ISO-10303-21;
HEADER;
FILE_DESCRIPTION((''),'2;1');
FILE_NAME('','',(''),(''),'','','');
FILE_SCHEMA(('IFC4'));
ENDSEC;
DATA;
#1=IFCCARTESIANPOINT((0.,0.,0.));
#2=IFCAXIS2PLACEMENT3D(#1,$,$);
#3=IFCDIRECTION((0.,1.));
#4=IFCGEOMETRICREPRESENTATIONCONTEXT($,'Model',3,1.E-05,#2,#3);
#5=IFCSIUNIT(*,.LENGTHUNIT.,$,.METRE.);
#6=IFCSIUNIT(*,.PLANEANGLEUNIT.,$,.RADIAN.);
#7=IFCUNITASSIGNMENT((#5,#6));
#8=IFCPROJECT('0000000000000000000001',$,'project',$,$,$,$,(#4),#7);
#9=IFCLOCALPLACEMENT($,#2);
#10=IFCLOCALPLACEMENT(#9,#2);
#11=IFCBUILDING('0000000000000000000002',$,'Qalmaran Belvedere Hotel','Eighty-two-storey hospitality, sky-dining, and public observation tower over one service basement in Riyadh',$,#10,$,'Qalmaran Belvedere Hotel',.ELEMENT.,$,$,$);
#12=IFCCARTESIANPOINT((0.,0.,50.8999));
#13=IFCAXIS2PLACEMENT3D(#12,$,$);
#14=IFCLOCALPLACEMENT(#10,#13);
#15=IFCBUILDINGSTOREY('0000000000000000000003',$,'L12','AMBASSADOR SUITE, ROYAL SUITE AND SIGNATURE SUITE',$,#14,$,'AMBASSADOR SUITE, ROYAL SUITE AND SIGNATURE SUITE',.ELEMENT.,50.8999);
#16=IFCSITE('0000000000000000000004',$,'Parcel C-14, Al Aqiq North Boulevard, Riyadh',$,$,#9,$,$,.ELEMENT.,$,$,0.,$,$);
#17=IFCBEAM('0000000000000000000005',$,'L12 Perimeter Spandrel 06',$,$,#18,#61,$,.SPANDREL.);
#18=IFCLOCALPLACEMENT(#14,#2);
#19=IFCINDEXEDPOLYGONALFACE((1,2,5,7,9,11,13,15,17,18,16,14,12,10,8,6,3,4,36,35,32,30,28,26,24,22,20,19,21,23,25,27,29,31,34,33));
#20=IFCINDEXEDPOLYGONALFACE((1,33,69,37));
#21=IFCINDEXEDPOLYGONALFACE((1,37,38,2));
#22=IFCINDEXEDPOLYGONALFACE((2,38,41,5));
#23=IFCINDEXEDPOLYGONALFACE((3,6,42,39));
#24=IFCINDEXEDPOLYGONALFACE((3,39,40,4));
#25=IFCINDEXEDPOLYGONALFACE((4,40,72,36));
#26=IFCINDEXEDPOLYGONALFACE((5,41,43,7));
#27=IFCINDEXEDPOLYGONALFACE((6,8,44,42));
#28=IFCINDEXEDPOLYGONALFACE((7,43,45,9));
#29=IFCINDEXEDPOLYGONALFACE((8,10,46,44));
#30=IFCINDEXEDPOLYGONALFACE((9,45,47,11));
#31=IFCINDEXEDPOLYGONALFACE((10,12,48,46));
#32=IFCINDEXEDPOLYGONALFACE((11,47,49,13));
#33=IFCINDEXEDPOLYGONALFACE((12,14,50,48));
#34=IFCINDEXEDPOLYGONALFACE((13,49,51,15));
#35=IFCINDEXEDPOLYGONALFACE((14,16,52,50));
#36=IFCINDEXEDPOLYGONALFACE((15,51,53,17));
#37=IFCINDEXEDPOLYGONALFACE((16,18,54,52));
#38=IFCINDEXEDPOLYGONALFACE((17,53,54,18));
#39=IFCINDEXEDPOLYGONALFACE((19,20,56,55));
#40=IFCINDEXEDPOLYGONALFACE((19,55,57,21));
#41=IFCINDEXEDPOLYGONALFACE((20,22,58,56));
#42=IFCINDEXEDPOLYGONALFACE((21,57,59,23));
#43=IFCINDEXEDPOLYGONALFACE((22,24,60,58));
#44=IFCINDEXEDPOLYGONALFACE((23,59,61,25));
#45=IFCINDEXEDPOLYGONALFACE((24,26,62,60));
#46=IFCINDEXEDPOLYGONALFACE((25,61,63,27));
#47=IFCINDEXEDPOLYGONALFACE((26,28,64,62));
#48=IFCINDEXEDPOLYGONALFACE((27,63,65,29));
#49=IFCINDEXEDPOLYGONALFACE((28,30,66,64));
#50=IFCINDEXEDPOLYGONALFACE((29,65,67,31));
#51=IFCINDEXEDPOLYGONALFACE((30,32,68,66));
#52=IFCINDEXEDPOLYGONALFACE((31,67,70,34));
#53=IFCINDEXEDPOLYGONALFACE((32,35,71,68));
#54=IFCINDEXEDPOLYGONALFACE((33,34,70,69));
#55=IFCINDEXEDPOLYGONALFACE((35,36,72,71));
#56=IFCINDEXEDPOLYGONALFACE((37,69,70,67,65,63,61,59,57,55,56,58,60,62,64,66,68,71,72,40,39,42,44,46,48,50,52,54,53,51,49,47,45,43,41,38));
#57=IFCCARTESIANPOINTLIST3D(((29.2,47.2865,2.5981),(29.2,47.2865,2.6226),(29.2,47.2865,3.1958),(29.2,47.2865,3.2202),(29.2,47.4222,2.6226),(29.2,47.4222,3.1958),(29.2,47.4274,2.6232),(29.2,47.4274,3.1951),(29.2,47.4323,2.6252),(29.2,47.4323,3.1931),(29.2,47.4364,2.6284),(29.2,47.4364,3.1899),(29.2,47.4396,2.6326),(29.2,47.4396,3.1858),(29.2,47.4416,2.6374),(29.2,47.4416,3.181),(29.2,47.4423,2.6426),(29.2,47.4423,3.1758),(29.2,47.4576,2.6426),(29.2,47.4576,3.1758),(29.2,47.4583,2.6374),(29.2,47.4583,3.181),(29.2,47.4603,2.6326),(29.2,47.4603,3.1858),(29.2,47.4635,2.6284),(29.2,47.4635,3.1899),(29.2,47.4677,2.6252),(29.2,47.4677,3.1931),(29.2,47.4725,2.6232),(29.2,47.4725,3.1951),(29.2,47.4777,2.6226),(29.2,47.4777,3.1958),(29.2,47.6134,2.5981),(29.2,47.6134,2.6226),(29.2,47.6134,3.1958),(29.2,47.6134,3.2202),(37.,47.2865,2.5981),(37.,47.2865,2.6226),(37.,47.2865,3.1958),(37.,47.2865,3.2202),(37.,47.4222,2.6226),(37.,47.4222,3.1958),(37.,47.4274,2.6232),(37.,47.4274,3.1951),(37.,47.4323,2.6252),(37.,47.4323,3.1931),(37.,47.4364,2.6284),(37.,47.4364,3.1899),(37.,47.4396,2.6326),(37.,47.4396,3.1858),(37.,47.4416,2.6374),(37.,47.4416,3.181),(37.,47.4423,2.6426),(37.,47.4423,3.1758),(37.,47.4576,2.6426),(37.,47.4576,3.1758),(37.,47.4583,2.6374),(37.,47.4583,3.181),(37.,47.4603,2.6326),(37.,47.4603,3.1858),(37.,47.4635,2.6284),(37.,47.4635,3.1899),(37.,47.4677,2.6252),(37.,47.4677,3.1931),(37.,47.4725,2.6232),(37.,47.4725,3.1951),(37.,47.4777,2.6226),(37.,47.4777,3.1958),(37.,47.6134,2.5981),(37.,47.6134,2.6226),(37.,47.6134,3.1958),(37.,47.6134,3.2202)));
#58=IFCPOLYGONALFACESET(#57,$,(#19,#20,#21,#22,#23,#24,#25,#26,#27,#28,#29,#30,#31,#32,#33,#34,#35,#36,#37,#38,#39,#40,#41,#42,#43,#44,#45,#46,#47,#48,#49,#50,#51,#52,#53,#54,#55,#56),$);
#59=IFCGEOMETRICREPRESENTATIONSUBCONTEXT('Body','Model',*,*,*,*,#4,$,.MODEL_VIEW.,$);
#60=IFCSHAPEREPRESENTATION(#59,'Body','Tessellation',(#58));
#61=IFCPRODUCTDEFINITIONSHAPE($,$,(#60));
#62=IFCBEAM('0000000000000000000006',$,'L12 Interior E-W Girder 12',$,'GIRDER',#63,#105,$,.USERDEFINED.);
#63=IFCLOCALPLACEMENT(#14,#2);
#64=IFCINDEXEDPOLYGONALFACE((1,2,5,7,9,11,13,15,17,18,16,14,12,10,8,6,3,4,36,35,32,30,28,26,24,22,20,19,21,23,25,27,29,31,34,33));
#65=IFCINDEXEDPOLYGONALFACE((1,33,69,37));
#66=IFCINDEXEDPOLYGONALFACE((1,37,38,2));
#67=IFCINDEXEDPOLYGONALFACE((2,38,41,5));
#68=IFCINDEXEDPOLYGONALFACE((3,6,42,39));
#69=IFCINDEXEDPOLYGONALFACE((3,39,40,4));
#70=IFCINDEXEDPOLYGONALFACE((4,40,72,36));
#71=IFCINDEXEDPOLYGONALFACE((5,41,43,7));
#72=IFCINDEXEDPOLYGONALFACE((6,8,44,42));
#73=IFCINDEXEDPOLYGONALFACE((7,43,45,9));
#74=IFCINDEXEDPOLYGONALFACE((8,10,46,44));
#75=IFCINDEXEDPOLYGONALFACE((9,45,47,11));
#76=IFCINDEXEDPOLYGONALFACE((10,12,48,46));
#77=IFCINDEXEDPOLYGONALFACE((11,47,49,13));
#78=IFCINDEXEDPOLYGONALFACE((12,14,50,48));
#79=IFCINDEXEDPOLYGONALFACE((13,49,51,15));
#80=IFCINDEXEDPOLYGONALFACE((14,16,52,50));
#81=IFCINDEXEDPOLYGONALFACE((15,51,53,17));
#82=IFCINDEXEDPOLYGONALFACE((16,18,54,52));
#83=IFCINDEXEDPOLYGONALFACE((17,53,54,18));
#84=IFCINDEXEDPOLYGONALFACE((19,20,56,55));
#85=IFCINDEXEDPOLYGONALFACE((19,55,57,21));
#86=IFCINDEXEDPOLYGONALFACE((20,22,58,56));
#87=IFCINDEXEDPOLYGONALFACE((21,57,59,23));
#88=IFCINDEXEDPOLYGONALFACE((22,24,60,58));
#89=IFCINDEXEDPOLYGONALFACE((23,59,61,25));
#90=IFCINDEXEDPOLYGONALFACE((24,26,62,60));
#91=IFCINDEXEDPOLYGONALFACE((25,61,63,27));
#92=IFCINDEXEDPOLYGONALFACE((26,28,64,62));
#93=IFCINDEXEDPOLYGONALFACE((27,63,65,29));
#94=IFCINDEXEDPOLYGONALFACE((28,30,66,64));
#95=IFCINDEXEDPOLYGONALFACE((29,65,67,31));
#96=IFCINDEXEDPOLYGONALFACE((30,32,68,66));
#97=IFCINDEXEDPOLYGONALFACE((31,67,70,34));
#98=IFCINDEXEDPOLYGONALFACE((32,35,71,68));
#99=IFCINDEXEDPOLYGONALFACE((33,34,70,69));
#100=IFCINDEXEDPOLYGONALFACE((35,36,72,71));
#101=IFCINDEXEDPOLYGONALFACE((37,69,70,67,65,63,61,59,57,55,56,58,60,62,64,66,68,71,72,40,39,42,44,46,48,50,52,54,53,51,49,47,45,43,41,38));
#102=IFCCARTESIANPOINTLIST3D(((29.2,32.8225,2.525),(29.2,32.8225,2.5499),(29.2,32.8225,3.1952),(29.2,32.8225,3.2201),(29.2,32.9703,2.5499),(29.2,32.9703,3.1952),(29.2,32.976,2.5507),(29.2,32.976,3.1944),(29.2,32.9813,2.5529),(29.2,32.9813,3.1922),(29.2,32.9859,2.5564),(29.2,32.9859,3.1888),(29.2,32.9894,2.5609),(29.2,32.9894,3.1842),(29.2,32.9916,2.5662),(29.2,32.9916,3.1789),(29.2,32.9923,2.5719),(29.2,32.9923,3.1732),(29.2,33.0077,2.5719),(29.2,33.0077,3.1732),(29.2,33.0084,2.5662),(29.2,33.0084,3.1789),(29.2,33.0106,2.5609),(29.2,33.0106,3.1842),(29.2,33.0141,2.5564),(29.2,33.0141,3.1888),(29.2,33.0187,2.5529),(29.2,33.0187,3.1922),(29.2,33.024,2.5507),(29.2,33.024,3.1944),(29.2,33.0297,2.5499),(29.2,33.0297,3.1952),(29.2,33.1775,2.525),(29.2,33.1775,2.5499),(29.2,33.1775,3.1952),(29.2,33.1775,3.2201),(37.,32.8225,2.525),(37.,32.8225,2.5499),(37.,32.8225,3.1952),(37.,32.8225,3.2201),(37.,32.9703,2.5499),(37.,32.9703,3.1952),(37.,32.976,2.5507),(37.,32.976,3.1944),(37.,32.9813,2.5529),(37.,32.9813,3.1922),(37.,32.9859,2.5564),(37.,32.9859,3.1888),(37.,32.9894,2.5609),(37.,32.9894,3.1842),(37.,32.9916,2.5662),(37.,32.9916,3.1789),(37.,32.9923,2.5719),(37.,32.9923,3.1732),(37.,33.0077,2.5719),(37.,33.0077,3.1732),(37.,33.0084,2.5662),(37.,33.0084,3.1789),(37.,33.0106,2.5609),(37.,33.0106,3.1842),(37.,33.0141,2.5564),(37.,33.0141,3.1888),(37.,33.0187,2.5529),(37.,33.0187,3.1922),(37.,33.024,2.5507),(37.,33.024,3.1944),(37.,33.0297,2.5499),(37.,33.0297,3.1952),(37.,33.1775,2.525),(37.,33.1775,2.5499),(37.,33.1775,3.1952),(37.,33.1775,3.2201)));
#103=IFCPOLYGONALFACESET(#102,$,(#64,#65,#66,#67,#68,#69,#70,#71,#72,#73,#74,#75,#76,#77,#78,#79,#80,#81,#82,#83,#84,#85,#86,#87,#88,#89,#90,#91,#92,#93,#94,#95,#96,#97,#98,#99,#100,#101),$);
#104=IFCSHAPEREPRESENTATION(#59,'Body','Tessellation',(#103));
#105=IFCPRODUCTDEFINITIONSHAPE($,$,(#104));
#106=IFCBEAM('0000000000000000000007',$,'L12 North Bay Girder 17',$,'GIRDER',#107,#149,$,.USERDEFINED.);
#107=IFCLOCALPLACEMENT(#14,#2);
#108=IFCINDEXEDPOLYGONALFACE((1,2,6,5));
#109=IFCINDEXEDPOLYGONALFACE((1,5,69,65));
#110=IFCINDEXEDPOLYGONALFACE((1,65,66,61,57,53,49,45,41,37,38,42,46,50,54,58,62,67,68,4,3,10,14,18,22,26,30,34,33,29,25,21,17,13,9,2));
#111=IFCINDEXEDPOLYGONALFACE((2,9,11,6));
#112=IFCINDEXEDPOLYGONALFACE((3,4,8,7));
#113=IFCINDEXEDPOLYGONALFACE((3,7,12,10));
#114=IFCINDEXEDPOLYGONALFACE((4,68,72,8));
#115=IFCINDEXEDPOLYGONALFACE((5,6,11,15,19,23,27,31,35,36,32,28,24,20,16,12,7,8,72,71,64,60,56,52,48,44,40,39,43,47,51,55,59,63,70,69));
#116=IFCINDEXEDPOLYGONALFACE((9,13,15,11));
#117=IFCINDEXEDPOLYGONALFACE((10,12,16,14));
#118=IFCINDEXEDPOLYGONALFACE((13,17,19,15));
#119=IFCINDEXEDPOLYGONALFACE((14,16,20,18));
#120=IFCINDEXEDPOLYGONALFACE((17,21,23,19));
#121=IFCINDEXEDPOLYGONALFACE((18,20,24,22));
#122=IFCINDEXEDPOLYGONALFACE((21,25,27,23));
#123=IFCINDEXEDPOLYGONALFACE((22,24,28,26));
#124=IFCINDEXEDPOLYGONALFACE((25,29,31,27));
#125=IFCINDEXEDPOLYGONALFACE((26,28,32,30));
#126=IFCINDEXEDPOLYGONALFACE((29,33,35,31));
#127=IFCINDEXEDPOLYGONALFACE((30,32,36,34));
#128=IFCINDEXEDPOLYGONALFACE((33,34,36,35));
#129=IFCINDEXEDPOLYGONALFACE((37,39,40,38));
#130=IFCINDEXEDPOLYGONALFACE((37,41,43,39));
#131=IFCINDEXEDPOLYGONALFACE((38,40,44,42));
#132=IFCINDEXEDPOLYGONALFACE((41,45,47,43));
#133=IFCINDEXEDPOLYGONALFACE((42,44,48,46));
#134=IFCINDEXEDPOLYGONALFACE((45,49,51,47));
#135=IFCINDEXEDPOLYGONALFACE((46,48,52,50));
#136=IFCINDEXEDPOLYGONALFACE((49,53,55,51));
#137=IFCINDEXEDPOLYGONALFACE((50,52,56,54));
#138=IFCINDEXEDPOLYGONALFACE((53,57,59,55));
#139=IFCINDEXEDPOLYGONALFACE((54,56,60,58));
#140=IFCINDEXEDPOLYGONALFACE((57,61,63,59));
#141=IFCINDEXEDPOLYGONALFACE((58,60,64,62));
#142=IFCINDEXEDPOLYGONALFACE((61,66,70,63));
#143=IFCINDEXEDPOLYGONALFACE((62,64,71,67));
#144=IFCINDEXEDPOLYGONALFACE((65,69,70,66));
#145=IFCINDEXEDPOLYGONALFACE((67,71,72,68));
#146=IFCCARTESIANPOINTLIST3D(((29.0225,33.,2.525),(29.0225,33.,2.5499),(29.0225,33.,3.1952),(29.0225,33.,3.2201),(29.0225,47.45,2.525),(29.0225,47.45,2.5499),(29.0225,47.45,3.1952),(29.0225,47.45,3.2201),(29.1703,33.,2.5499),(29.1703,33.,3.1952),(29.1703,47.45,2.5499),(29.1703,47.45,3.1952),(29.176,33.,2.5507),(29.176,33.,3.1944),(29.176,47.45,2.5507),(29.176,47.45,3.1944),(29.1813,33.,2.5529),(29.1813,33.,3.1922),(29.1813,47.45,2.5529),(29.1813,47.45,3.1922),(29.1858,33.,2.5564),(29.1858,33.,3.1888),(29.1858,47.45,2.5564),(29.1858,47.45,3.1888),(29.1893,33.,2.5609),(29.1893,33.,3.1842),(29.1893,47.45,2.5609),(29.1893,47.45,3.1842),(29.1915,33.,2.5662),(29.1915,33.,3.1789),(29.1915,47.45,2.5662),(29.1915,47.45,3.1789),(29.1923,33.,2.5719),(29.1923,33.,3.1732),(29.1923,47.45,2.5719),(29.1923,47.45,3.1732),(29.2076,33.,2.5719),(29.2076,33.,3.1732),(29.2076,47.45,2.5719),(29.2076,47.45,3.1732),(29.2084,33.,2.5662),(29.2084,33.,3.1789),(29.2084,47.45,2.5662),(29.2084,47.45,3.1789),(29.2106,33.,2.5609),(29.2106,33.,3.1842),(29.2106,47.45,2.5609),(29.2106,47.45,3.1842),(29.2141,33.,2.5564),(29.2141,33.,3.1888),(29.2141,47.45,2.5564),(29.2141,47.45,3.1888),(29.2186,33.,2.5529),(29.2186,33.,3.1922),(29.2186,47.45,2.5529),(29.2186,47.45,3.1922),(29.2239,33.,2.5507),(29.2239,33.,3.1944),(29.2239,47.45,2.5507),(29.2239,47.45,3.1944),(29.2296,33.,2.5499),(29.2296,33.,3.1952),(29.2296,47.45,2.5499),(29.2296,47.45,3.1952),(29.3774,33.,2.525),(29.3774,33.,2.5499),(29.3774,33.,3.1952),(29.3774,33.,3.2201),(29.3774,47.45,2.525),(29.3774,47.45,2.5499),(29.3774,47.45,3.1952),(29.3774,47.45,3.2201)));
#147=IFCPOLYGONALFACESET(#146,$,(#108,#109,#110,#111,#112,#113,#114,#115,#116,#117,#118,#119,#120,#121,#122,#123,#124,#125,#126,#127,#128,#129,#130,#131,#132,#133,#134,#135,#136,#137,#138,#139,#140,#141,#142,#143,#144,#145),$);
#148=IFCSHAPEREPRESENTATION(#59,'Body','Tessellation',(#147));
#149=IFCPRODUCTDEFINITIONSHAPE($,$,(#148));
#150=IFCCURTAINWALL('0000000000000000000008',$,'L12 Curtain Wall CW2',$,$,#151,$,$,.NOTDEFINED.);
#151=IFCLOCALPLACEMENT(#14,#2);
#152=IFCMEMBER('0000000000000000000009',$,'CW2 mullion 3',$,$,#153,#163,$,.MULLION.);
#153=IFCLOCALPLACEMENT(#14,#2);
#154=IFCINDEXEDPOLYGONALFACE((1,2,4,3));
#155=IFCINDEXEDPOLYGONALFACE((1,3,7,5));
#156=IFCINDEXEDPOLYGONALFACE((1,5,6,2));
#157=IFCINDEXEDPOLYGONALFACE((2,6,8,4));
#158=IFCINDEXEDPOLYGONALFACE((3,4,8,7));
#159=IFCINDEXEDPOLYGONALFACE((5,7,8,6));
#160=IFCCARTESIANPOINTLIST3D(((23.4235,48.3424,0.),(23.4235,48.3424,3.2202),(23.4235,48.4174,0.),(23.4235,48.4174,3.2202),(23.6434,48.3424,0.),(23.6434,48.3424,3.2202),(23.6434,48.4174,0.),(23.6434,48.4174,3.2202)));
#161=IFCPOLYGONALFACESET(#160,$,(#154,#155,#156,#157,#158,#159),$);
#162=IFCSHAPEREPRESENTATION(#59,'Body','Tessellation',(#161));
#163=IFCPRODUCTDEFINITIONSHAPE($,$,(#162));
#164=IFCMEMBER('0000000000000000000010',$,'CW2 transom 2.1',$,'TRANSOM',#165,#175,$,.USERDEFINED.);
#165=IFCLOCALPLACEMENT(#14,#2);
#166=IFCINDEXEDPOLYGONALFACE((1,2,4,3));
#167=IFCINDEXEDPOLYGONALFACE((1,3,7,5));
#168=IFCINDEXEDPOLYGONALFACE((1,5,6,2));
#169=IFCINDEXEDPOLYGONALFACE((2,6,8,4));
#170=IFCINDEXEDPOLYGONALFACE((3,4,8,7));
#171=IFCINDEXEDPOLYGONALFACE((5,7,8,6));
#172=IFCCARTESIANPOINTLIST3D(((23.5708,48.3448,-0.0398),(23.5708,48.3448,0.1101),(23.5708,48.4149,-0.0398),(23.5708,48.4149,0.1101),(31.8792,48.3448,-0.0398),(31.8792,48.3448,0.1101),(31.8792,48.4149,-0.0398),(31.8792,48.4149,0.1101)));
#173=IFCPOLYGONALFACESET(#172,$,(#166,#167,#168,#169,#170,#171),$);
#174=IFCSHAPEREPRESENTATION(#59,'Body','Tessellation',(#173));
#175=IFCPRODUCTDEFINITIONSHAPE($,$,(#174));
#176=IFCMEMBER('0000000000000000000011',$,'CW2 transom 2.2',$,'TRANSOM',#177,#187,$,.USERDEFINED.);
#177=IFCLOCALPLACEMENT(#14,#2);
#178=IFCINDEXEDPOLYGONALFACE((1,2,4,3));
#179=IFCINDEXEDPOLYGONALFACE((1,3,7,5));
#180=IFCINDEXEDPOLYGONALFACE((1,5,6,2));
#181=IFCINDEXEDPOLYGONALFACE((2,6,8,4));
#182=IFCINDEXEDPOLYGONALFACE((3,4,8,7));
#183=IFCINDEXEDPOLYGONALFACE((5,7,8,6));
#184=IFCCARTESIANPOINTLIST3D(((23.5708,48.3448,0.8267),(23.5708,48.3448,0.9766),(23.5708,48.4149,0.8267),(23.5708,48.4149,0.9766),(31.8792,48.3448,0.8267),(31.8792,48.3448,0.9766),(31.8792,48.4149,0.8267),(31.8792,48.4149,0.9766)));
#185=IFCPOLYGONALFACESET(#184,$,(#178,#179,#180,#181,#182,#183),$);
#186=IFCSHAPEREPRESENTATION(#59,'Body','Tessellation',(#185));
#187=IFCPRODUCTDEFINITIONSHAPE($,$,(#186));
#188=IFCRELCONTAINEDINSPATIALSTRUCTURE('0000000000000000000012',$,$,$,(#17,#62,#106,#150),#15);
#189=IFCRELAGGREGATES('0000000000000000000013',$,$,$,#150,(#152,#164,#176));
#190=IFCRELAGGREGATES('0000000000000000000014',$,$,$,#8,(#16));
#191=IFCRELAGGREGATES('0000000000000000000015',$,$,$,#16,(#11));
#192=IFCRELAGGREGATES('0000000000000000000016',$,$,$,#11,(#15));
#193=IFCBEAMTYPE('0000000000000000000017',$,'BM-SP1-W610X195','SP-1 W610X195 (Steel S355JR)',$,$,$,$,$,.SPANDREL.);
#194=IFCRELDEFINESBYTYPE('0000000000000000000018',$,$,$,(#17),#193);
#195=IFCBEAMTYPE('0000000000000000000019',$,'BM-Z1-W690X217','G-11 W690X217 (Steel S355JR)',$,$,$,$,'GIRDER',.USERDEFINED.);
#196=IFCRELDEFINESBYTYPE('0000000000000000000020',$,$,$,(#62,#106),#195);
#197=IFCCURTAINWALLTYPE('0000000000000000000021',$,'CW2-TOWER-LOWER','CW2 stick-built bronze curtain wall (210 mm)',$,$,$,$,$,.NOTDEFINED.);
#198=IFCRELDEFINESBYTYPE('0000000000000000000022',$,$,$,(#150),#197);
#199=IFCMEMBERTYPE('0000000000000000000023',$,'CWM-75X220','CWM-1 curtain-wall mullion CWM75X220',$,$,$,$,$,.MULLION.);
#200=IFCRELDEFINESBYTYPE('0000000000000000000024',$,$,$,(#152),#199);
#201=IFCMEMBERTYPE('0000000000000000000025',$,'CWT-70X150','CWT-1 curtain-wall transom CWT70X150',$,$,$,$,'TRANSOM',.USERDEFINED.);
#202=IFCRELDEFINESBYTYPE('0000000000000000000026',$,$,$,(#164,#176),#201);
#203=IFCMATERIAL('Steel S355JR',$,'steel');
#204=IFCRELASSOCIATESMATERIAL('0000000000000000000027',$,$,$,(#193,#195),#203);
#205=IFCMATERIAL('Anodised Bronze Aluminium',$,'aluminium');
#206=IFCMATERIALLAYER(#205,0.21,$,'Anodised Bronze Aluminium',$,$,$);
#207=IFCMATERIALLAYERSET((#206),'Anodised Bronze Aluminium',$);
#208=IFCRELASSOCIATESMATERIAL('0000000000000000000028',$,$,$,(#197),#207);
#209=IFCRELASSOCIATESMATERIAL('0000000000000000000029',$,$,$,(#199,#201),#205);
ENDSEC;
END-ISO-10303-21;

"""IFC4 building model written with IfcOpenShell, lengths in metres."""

from ifc_helpers import new_model, si_unit, direction, frame, origin, origin_2d, place, context, subcontext, project, spatial, rectangle, i_section, extrude, material, layer, layer_set, material_profile, profile_set, type_object, element, aggregate, save


model = new_model("IFC4")

# Units and contexts
model_context = context("Model", 3, precision=1e-05, world=origin(), true_north=direction((0.0, 1.0)))
body_context = subcontext(model_context, "Body", "Model", "MODEL_VIEW")
ifc_project = project(units=[si_unit("LENGTHUNIT", "METRE"), si_unit("PLANEANGLEUNIT", "RADIAN")], contexts=[model_context])

# Site, building, storey
site_placement = place(None, origin())
site = spatial("IfcSite", under=ifc_project, at=site_placement, Name="Parcel C-14, Al Aqiq North Boulevard, Riyadh", CompositionType="ELEMENT", RefElevation=0.0)
building_placement = place(site_placement, origin())
building = spatial("IfcBuilding", under=site, at=building_placement, Name="Qalmaran Belvedere Hotel", Description="Eighty-two-storey hospitality, sky-dining, and public observation tower over one service basement in Riyadh", LongName="Qalmaran Belvedere Hotel", CompositionType="ELEMENT")
storey_placement = place(building_placement, frame((0.0, 0.0, 50.8999)))
storey = spatial("IfcBuildingStorey", under=building, at=storey_placement, Name="L12", Description="AMBASSADOR SUITE, ROYAL SUITE AND SIGNATURE SUITE", LongName="AMBASSADOR SUITE, ROYAL SUITE AND SIGNATURE SUITE", CompositionType="ELEMENT", Elevation=50.8999)

# Beams
ifc_material_1 = material(Name="Steel S355JR", Category="steel")
ifc_material_profile_1 = material_profile(ifc_material_1, i_section(OverallWidth=0.3269, OverallDepth=0.6221, WebThickness=0.0154, FlangeThickness=0.0244, FilletRadius=0.02, at=origin_2d()), Name="W610X195")
ifc_profile_set_1 = profile_set([ifc_material_profile_1], Name="Steel S355JR")
beam_type_1 = type_object("IfcBeamType", Name="BM-SP1-W610X195", Description="SP-1 W610X195 (Steel S355JR)", PredefinedType="SPANDREL", material=ifc_profile_set_1)
beam_1_placement = place(storey_placement, frame((29.2, 47.45, 2.9092), z_axis=(1.0, 0.0, 0.0), x_axis=(0.0, 1.0, 0.0)))
element("IfcBeam", 1, at=beam_1_placement, inside=storey, type_object=beam_type_1, Name="L12 Perimeter Spandrel 06", PredefinedType="SPANDREL", context=body_context, shape_type="SweptSolid", body=[
    extrude(i_section(OverallWidth=0.3269, OverallDepth=0.6221, WebThickness=0.0154, FlangeThickness=0.0244, FilletRadius=0.02, at=origin_2d()), origin(), (0.0, 0.0, 1.0), 7.8),
])
ifc_material_profile_2 = material_profile(ifc_material_1, i_section(OverallWidth=0.355, OverallDepth=0.6951, WebThickness=0.0154, FlangeThickness=0.0249, FilletRadius=0.022, at=origin_2d()), Name="W690X217")
ifc_profile_set_2 = profile_set([ifc_material_profile_2], Name="Steel S355JR")
beam_type_2 = type_object("IfcBeamType", Name="BM-Z1-W690X217", Description="G-11 W690X217 (Steel S355JR)", ElementType="GIRDER", PredefinedType="USERDEFINED", material=ifc_profile_set_2)
beam_2_placement = place(storey_placement, frame((29.2, 33.0, 2.8726), z_axis=(1.0, 0.0, 0.0), x_axis=(0.0, 1.0, 0.0)))
element("IfcBeam", 2, at=beam_2_placement, inside=storey, type_object=beam_type_2, Name="L12 Interior E-W Girder 12", ObjectType="GIRDER", PredefinedType="USERDEFINED", context=body_context, shape_type="SweptSolid", body=[
    extrude(i_section(OverallWidth=0.355, OverallDepth=0.6951, WebThickness=0.0154, FlangeThickness=0.0249, FilletRadius=0.022, at=origin_2d()), origin(), (0.0, 0.0, 1.0), 7.8),
])
beam_3_placement = place(storey_placement, frame((29.2, 33.0, 2.8726), z_axis=(0.0, 1.0, 0.0), x_axis=(-1.0, 0.0, 0.0)))
element("IfcBeam", 3, at=beam_3_placement, inside=storey, type_object=beam_type_2, Name="L12 North Bay Girder 17", ObjectType="GIRDER", PredefinedType="USERDEFINED", context=body_context, shape_type="SweptSolid", body=[
    extrude(i_section(OverallWidth=0.355, OverallDepth=0.6951, WebThickness=0.0154, FlangeThickness=0.0249, FilletRadius=0.022, at=origin_2d()), origin(), (0.0, 0.0, 1.0), 14.45),
])

# Curtain wall, members
ifc_material_2 = material(Name="Anodised Bronze Aluminium", Category="aluminium")
ifc_layer_1 = layer(ifc_material_2, 0.21, Name="Anodised Bronze Aluminium")
ifc_layer_set_1 = layer_set([ifc_layer_1], Name="Anodised Bronze Aluminium")
curtain_wall_type = type_object("IfcCurtainWallType", Name="CW2-TOWER-LOWER", Description="CW2 stick-built bronze curtain wall (210 mm)", PredefinedType="NOTDEFINED", material=ifc_layer_set_1)
curtain_wall_placement = place(storey_placement, origin())
curtain_wall = element("IfcCurtainWall", 4, at=curtain_wall_placement, inside=storey, type_object=curtain_wall_type, Name="L12 Curtain Wall CW2", PredefinedType="NOTDEFINED")
ifc_material_profile_3 = material_profile(ifc_material_2, rectangle(XDim=0.075, YDim=0.22, at=origin_2d()), Name="CWM75X220")
ifc_profile_set_3 = profile_set([ifc_material_profile_3], Name="Anodised Bronze Aluminium")
member_type_1 = type_object("IfcMemberType", Name="CWM-75X220", Description="CWM-1 curtain-wall mullion CWM75X220", PredefinedType="MULLION", material=ifc_profile_set_3)
member_1_placement = place(storey_placement, frame((23.5334, 48.3799, 0.0), z_axis=(0.0, 0.0, 1.0), x_axis=(0.0, -1.0, 0.0)))
member_1 = element("IfcMember", 5, at=member_1_placement, type_object=member_type_1, Name="CW2 mullion 3", PredefinedType="MULLION", context=body_context, shape_type="SweptSolid", body=[
    extrude(rectangle(XDim=0.075, YDim=0.22, at=origin_2d()), origin(), (0.0, 0.0, 1.0), 3.2202),
])
ifc_material_profile_4 = material_profile(ifc_material_2, rectangle(XDim=0.0701, YDim=0.1499, at=origin_2d()), Name="CWT70X150")
ifc_profile_set_4 = profile_set([ifc_material_profile_4], Name="Anodised Bronze Aluminium")
member_type_2 = type_object("IfcMemberType", Name="CWT-70X150", Description="CWT-1 curtain-wall transom CWT70X150", ElementType="TRANSOM", PredefinedType="USERDEFINED", material=ifc_profile_set_4)
member_2_placement = place(storey_placement, frame((31.8792, 48.3799, 0.0352), z_axis=(-1.0, 0.0, 0.0), x_axis=(0.0, -1.0, 0.0)))
member_2 = element("IfcMember", 6, at=member_2_placement, type_object=member_type_2, Name="CW2 transom 2.1", ObjectType="TRANSOM", PredefinedType="USERDEFINED", context=body_context, shape_type="SweptSolid", body=[
    extrude(rectangle(XDim=0.0701, YDim=0.1499, at=origin_2d()), origin(), (0.0, 0.0, 1.0), 8.3083),
])
member_3_placement = place(storey_placement, frame((31.8792, 48.3799, 0.9016), z_axis=(-1.0, 0.0, 0.0), x_axis=(0.0, -1.0, 0.0)))
member_3 = element("IfcMember", 7, at=member_3_placement, type_object=member_type_2, Name="CW2 transom 2.2", ObjectType="TRANSOM", PredefinedType="USERDEFINED", context=body_context, shape_type="SweptSolid", body=[
    extrude(rectangle(XDim=0.0701, YDim=0.1499, at=origin_2d()), origin(), (0.0, 0.0, 1.0), 8.3083),
])
aggregate(curtain_wall, [member_1, member_2, member_3])

save(model, "model.ifc")
